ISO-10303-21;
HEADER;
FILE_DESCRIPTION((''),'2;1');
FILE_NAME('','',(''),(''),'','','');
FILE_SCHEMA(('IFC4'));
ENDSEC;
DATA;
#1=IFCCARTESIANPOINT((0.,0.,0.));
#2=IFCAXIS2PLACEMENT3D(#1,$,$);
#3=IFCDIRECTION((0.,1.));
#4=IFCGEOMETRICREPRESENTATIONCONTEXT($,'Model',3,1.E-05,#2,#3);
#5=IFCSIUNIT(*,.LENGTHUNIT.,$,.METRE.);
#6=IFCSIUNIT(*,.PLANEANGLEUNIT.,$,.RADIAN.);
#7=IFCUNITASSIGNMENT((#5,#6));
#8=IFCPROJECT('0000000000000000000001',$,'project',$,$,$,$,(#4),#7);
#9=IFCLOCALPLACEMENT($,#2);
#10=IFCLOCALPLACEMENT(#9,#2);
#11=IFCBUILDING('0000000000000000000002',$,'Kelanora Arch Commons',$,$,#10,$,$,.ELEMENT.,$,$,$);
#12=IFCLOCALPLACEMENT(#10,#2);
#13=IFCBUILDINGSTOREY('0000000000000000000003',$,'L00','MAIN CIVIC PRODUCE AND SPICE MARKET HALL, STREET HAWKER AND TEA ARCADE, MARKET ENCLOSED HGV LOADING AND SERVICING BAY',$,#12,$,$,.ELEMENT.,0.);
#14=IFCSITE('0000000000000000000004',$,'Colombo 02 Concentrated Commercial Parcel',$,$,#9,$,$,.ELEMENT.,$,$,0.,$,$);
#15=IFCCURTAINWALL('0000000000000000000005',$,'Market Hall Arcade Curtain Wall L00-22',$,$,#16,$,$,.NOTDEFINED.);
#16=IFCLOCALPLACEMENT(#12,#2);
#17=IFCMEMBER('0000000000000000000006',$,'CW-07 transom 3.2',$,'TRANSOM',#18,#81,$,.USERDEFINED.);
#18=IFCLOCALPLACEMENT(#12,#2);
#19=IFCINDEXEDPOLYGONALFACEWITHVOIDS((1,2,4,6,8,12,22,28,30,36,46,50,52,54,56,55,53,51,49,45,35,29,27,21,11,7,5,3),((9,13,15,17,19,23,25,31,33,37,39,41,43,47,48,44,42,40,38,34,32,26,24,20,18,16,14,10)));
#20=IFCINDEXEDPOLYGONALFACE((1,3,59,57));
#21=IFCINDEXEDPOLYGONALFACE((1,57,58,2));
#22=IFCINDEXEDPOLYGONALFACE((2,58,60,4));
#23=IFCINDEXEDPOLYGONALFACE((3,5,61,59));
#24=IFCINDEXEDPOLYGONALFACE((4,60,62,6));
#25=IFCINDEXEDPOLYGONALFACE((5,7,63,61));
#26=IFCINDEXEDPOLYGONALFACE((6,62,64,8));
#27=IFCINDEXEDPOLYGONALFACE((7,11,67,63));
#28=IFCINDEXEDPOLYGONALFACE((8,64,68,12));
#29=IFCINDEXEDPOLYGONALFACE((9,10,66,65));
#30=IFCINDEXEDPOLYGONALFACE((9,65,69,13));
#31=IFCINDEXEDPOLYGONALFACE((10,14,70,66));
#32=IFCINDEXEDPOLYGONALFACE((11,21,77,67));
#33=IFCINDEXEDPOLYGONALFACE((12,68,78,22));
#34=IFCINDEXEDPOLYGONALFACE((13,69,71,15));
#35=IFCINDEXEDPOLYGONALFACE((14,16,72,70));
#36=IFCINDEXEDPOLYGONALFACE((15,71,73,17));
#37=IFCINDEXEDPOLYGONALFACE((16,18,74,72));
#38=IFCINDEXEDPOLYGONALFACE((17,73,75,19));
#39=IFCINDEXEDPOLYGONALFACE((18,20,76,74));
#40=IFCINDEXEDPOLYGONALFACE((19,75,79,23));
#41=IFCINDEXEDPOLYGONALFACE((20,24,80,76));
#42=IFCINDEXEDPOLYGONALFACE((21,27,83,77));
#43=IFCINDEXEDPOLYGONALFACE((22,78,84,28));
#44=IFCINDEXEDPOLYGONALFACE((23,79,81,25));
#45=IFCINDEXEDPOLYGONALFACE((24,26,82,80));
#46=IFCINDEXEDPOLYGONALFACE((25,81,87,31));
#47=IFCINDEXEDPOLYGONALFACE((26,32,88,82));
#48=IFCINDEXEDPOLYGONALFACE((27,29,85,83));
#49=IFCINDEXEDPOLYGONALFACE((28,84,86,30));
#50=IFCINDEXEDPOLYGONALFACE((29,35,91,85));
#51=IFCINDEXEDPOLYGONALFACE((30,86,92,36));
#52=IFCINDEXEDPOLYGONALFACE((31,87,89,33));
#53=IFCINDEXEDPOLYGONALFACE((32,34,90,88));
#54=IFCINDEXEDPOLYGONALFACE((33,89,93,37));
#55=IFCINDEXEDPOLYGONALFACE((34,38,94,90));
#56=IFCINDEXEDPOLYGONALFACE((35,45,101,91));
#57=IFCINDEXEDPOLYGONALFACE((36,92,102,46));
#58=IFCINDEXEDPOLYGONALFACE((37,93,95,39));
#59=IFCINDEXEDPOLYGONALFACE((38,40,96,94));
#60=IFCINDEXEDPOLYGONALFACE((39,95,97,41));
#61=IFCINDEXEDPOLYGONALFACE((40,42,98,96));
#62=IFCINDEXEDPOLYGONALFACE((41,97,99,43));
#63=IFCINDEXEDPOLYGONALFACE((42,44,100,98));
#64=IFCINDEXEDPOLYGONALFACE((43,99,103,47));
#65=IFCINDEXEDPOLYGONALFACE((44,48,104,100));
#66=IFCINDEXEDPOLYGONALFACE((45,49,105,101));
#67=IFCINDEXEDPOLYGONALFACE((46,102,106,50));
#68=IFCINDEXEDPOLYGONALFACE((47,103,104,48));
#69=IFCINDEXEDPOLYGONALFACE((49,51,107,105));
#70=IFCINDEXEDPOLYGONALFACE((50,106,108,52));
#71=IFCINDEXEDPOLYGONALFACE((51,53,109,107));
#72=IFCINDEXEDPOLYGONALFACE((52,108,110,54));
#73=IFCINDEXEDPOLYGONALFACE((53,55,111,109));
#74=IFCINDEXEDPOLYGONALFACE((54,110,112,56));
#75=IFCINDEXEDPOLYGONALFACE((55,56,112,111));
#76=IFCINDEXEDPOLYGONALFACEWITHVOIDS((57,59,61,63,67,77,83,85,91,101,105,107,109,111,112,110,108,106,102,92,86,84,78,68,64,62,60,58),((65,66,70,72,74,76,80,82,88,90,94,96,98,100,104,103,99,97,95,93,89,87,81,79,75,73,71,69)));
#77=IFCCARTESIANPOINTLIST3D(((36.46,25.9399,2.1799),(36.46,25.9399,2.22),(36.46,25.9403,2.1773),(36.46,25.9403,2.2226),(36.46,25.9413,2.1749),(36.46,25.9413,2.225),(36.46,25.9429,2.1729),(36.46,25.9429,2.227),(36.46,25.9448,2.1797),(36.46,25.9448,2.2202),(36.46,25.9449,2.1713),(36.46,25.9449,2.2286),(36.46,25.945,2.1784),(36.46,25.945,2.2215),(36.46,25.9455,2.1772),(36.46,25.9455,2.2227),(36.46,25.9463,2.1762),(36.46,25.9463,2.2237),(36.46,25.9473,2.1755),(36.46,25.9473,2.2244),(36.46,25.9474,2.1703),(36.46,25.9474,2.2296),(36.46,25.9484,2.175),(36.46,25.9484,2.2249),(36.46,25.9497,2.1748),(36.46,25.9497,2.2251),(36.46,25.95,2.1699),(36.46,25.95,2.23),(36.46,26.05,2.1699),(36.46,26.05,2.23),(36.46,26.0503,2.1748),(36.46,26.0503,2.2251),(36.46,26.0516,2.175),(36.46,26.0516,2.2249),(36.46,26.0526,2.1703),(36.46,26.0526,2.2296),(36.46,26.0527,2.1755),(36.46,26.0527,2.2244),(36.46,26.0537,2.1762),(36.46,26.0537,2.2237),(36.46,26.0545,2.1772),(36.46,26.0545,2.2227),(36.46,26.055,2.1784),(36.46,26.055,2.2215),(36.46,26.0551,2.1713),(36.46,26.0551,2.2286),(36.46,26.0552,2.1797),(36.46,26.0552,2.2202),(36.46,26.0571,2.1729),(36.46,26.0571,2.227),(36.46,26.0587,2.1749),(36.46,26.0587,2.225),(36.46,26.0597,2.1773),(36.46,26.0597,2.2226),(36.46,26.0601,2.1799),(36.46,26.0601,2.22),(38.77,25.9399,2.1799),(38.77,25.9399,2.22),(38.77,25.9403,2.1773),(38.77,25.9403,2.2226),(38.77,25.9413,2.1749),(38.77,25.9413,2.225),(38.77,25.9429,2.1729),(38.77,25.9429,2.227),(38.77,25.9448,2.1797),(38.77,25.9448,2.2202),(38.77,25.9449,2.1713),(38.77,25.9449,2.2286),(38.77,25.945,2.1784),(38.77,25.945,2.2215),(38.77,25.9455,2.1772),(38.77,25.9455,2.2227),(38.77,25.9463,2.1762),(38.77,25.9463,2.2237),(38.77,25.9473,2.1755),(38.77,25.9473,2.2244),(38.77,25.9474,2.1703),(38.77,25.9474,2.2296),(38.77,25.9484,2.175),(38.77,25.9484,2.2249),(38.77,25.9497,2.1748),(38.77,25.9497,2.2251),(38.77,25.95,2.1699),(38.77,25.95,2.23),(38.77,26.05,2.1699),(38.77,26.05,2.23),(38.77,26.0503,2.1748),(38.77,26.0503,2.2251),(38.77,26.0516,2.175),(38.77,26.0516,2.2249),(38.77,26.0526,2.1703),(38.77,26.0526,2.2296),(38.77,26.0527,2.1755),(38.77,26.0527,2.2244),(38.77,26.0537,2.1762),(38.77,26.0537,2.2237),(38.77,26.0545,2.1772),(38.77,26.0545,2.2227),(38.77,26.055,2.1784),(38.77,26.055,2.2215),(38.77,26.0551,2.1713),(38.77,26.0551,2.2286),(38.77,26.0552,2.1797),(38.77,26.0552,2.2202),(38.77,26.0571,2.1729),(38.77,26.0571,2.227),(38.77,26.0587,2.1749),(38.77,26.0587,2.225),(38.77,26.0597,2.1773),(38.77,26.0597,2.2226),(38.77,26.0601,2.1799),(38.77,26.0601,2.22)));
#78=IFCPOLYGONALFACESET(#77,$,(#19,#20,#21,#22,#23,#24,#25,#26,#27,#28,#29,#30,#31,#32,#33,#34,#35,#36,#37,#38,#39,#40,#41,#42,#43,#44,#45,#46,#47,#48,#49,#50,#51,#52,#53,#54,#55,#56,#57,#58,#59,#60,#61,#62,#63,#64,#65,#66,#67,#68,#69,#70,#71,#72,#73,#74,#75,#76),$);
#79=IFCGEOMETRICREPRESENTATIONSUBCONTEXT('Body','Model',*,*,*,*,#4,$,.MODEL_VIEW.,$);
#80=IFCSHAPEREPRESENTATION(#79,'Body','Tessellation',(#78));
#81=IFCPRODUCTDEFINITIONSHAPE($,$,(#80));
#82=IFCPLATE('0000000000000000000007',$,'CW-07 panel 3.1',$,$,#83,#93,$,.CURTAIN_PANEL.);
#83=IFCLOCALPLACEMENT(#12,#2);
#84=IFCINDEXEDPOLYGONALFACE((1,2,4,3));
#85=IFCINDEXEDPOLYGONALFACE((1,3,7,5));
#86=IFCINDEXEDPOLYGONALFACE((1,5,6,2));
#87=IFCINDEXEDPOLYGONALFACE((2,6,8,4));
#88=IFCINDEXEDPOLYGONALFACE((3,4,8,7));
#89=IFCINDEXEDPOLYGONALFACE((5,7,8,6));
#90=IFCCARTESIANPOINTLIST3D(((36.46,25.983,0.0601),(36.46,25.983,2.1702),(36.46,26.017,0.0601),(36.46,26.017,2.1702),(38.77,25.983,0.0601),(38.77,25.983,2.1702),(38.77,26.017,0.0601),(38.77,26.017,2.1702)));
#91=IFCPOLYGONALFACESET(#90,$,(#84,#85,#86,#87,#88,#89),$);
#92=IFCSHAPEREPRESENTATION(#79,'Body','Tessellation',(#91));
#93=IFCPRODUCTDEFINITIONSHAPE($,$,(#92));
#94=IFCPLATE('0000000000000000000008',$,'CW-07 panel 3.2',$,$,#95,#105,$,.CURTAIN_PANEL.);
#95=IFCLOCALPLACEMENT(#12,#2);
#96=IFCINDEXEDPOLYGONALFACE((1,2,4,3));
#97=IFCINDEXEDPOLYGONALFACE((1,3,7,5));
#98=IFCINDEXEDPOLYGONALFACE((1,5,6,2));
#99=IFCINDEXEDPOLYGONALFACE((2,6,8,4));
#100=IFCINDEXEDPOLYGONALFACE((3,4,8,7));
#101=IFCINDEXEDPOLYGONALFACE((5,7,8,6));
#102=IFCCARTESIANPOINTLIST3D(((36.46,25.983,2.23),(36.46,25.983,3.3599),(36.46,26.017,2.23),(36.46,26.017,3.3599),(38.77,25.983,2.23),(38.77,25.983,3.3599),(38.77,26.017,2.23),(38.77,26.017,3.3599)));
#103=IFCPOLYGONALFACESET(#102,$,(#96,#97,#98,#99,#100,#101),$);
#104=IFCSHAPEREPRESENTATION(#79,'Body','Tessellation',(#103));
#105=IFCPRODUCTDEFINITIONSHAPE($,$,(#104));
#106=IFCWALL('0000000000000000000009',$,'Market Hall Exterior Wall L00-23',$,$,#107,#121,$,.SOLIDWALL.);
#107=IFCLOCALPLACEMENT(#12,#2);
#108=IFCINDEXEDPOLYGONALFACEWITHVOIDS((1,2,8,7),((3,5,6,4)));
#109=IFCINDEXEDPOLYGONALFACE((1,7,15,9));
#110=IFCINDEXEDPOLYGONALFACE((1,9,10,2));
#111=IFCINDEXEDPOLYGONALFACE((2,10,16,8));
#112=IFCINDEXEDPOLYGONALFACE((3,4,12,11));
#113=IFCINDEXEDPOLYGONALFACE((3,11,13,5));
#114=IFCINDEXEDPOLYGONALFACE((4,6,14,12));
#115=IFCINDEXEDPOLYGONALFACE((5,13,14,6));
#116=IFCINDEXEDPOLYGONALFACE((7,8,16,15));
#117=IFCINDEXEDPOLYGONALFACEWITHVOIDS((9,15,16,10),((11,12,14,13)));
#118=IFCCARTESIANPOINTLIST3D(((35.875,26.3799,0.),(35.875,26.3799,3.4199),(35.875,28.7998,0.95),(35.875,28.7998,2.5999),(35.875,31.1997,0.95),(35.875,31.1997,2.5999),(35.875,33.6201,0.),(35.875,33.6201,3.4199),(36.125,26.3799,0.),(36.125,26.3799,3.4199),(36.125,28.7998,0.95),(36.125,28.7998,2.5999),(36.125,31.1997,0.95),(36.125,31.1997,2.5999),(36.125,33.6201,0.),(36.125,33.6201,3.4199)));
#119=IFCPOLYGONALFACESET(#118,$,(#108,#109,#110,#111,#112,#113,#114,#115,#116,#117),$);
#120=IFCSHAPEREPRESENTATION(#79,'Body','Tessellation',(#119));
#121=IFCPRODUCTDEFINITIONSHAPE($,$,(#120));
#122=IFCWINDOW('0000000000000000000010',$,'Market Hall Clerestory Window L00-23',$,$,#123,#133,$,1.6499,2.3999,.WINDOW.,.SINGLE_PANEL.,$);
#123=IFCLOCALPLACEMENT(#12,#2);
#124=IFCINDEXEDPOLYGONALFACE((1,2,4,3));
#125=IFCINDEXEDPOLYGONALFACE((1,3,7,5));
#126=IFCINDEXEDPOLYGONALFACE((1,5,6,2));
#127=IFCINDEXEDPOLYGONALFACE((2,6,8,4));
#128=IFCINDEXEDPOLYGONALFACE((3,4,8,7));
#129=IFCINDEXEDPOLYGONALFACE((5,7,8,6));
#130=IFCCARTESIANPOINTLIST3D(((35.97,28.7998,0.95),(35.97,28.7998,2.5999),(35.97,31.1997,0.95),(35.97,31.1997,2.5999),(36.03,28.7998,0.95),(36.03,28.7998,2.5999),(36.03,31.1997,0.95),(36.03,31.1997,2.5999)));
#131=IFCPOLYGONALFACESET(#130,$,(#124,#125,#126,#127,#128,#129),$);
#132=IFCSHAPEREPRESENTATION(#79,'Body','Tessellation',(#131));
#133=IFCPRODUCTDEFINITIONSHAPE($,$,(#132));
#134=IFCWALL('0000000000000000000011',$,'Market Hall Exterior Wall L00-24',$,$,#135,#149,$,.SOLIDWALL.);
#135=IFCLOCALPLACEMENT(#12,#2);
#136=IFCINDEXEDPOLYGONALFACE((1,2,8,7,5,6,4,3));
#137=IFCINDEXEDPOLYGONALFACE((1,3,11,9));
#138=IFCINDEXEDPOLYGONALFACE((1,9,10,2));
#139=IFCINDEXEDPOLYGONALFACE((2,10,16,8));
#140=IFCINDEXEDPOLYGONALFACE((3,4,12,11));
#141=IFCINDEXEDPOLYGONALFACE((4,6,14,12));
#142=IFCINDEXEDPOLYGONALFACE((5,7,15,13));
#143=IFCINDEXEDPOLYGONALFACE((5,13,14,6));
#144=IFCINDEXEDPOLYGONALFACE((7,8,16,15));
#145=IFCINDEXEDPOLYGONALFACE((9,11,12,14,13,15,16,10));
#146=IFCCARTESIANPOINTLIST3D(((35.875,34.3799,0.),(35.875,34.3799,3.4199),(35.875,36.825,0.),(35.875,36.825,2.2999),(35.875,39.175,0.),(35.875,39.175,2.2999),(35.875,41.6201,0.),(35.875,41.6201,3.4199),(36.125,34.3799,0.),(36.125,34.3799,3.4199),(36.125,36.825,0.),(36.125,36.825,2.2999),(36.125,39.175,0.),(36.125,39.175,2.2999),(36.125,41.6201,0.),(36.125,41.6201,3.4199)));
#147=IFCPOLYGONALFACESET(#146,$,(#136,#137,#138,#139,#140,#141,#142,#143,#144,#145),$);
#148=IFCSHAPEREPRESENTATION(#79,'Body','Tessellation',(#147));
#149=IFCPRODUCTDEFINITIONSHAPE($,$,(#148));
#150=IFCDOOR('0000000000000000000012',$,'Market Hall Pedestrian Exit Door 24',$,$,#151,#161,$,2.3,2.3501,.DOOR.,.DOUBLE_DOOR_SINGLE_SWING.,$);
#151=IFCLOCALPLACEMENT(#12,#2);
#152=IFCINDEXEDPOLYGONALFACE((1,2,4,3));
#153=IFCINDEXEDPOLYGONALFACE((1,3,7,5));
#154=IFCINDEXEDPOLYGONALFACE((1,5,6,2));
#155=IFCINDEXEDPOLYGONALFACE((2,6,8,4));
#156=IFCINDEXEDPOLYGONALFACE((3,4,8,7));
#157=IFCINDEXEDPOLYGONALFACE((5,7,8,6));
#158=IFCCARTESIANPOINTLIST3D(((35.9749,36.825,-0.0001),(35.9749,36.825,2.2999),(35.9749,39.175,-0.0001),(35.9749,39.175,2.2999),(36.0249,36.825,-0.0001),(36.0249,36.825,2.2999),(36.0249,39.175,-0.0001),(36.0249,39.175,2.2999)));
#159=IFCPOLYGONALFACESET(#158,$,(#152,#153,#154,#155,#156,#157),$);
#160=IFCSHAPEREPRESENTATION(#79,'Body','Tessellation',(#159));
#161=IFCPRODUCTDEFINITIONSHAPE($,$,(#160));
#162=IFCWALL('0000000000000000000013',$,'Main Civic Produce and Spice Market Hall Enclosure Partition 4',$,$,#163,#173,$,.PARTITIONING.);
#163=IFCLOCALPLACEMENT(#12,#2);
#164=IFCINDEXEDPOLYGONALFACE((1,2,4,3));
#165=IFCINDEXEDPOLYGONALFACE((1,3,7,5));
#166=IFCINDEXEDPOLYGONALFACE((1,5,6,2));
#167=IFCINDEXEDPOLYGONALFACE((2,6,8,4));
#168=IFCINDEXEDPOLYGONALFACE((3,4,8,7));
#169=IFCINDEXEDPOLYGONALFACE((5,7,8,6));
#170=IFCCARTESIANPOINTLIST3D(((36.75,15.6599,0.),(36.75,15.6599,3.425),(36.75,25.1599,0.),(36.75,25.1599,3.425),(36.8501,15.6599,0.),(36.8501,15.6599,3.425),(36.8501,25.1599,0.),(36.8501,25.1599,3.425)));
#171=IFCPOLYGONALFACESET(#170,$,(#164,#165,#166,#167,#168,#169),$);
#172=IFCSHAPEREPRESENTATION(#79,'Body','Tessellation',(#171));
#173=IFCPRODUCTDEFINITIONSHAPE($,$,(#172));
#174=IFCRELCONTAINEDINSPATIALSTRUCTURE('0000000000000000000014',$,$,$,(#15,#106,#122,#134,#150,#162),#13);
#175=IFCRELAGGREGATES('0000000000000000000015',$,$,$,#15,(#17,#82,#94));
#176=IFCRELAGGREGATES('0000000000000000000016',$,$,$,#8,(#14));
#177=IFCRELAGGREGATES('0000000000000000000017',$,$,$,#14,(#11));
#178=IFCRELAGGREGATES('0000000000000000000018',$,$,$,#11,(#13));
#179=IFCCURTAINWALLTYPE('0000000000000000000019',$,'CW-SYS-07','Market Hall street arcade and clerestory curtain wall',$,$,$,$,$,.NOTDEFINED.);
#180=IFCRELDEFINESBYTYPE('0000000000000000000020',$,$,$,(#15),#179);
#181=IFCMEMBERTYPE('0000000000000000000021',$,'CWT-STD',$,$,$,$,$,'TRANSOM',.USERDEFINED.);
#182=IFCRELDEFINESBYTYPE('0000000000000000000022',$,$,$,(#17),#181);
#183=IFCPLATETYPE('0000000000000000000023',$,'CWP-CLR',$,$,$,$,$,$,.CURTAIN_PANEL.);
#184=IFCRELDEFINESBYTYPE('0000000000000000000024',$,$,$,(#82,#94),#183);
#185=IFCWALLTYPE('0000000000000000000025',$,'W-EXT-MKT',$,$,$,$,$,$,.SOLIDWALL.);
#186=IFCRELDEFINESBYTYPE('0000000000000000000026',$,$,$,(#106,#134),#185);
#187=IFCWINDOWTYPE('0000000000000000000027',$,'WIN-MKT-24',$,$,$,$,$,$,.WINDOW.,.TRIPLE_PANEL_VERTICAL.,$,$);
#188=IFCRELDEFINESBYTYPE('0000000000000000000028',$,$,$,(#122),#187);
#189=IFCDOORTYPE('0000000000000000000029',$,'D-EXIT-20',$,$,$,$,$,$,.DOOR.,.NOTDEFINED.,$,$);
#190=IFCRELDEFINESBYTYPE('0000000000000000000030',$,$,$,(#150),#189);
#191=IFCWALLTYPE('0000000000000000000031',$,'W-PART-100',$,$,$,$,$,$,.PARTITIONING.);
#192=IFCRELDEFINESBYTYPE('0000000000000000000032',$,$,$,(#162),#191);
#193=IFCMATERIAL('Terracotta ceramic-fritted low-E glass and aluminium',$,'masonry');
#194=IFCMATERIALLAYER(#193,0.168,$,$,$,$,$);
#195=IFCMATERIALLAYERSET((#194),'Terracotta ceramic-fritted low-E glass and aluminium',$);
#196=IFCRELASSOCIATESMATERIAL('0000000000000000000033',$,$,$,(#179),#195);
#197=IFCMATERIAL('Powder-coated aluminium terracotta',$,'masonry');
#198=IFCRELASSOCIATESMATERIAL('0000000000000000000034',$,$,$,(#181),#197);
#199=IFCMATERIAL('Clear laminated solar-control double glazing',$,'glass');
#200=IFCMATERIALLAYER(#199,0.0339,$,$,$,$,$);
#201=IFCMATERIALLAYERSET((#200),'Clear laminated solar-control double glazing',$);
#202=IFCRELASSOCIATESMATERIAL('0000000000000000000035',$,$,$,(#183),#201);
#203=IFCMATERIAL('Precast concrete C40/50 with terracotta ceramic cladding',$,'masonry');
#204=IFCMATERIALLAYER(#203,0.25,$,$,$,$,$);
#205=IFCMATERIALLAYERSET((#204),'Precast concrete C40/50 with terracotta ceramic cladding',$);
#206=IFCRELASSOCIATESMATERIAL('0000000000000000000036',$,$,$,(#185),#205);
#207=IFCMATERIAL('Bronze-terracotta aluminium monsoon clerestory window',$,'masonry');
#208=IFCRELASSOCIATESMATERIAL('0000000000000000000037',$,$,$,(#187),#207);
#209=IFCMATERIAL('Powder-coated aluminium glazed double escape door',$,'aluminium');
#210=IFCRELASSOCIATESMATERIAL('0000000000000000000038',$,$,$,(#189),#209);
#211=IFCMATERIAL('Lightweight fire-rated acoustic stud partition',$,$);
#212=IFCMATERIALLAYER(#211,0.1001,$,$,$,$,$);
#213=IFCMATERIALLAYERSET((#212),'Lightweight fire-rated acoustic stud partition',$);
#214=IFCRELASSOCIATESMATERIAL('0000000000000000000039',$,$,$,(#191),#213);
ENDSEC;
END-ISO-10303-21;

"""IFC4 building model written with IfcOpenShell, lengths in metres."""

from ifc_helpers import new_model, si_unit, direction, frame, frame_2d, origin, origin_2d, place, context, subcontext, project, spatial, rectangle, hollow_rectangle, extrude, source, transform, mapped, material, layer, layer_set, material_profile, profile_set, type_object, element, fill, aggregate, save


model = new_model("IFC4")

# Units and contexts
model_context = context("Model", 3, precision=1e-05, world=origin(), true_north=direction((0.0, 1.0)))
body_context = subcontext(model_context, "Body", "Model", "MODEL_VIEW")
ifc_project = project(units=[si_unit("LENGTHUNIT", "METRE"), si_unit("PLANEANGLEUNIT", "RADIAN")], contexts=[model_context])

# Site, building, storey
site_placement = place(None, origin())
site = spatial("IfcSite", under=ifc_project, at=site_placement, Name="Colombo 02 Concentrated Commercial Parcel", CompositionType="ELEMENT", RefElevation=0.0)
building_placement = place(site_placement, origin())
building = spatial("IfcBuilding", under=site, at=building_placement, Name="Kelanora Arch Commons", CompositionType="ELEMENT")
storey_placement = place(building_placement, origin())
storey = spatial("IfcBuildingStorey", under=building, at=storey_placement, Name="L00", Description="MAIN CIVIC PRODUCE AND SPICE MARKET HALL, STREET HAWKER AND TEA ARCADE, MARKET ENCLOSED HGV LOADING AND SERVICING BAY", CompositionType="ELEMENT", Elevation=0.0)

# Curtain wall, member, plates
ifc_material_1 = material(Name="Terracotta ceramic-fritted low-E glass and aluminium", Category="masonry")
ifc_layer_1 = layer(ifc_material_1, 0.168)
ifc_layer_set_1 = layer_set([ifc_layer_1], Name="Terracotta ceramic-fritted low-E glass and aluminium")
curtain_wall_type = type_object("IfcCurtainWallType", Name="CW-SYS-07", Description="Market Hall street arcade and clerestory curtain wall", PredefinedType="NOTDEFINED", material=ifc_layer_set_1)
curtain_wall_placement = place(storey_placement, origin())
curtain_wall = element("IfcCurtainWall", 1, at=curtain_wall_placement, inside=storey, type_object=curtain_wall_type, Name="Market Hall Arcade Curtain Wall L00-22", PredefinedType="NOTDEFINED")
ifc_material_2 = material(Name="Powder-coated aluminium terracotta", Category="masonry")
ifc_material_profile_1 = material_profile(ifc_material_2, hollow_rectangle(XDim=0.1201, YDim=0.0601, WallThickness=0.0049, InnerFilletRadius=0.0049, OuterFilletRadius=0.01, at=origin_2d()), Name="CWT120x60")
ifc_profile_set_1 = profile_set([ifc_material_profile_1], Name="Powder-coated aluminium terracotta")
member_type_1 = type_object("IfcMemberType", Name="CWT-STD", ElementType="TRANSOM", PredefinedType="USERDEFINED", material=ifc_profile_set_1)
member_1_placement = place(storey_placement, frame((38.77, 26.0, 2.2), z_axis=(-1.0, 0.0, 0.0), x_axis=(0.0, -1.0, 0.0)))
member_1 = element("IfcMember", 2, at=member_1_placement, type_object=member_type_1, Name="CW-07 transom 3.2", ObjectType="TRANSOM", PredefinedType="USERDEFINED", context=body_context, shape_type="SweptSolid", body=[
    extrude(hollow_rectangle(XDim=0.1201, YDim=0.0601, WallThickness=0.0049, InnerFilletRadius=0.0049, OuterFilletRadius=0.01, at=origin_2d()), origin(), (0.0, 0.0, 1.0), 2.3101),
])
ifc_material_3 = material(Name="Clear laminated solar-control double glazing", Category="glass")
ifc_layer_2 = layer(ifc_material_3, 0.0339)
ifc_layer_set_2 = layer_set([ifc_layer_2], Name="Clear laminated solar-control double glazing")
plate_type = type_object("IfcPlateType", Name="CWP-CLR", PredefinedType="CURTAIN_PANEL", material=ifc_layer_set_2)
shared_shape_1 = source(origin(), body_context, "Body", "SweptSolid", [
    extrude(rectangle(XDim=2.3101, YDim=0.0339, at=origin_2d()), origin(), (0.0, 0.0, 1.0), 2.1101),
])
plate_1_placement = place(storey_placement, frame((37.615, 26.0, 0.0601), z_axis=(0.0, 0.0, 1.0), x_axis=(-1.0, 0.0, 0.0)))
plate_1 = element("IfcPlate", 3, at=plate_1_placement, type_object=plate_type, Name="CW-07 panel 3.1", PredefinedType="CURTAIN_PANEL", context=body_context, shape_type="MappedRepresentation", body=[
    mapped(shared_shape_1, transform((0.0, 0.0, 0.0), scale=1.0)),
])
shared_shape_2 = source(origin(), body_context, "Body", "SweptSolid", [
    extrude(rectangle(XDim=2.3101, YDim=0.0339, at=origin_2d()), origin(), (0.0, 0.0, 1.0), 1.1299),
])
plate_2_placement = place(storey_placement, frame((37.615, 26.0, 2.23), z_axis=(0.0, 0.0, 1.0), x_axis=(-1.0, 0.0, 0.0)))
plate_2 = element("IfcPlate", 4, at=plate_2_placement, type_object=plate_type, Name="CW-07 panel 3.2", PredefinedType="CURTAIN_PANEL", context=body_context, shape_type="MappedRepresentation", body=[
    mapped(shared_shape_2, transform((0.0, 0.0, 0.0), scale=1.0)),
])
aggregate(curtain_wall, [member_1, plate_1, plate_2])

# Wall, opening, window
ifc_material_4 = material(Name="Precast concrete C40/50 with terracotta ceramic cladding", Category="masonry")
ifc_layer_3 = layer(ifc_material_4, 0.25)
ifc_layer_set_3 = layer_set([ifc_layer_3], Name="Precast concrete C40/50 with terracotta ceramic cladding")
wall_type_1 = type_object("IfcWallType", Name="W-EXT-MKT", PredefinedType="SOLIDWALL", material=ifc_layer_set_3)
wall_1_placement = place(storey_placement, frame((36.0, 26.3799, 0.0), z_axis=(0.0, 0.0, 1.0), x_axis=(0.0, 1.0, 0.0)))
wall_1 = element("IfcWall", 5, at=wall_1_placement, inside=storey, type_object=wall_type_1, Name="Market Hall Exterior Wall L00-23", PredefinedType="SOLIDWALL", context=body_context, shape_type="SweptSolid", body=[
    extrude(rectangle(XDim=7.2402, YDim=0.25, at=frame_2d((3.6201, 0.0))), origin(), (0.0, 0.0, 1.0), 3.4199),
])
opening_1_placement = place(wall_1_placement, frame((2.4199, 0.0, 0.95)))
opening_1 = element("IfcOpeningElement", 6, at=opening_1_placement, cuts=wall_1, PredefinedType="OPENING", context=body_context, shape_type="SweptSolid", body=[
    extrude(rectangle(XDim=2.3999, YDim=1.6499, at=frame_2d((1.2, 0.825))), frame((0.0, 0.135, 0.0), z_axis=(0.0, -1.0, 0.0), x_axis=(1.0, 0.0, 0.0)), (0.0, 0.0, 1.0), 0.27),
])
ifc_material_5 = material(Name="Bronze-terracotta aluminium monsoon clerestory window", Category="masonry")
window_type = type_object("IfcWindowType", Name="WIN-MKT-24", PartitioningType="TRIPLE_PANEL_VERTICAL", PredefinedType="WINDOW", material=ifc_material_5)
window_placement = place(opening_1_placement, origin())
window = element("IfcWindow", 7, at=window_placement, inside=storey, type_object=window_type, Name="Market Hall Clerestory Window L00-23", OverallHeight=1.6499, OverallWidth=2.3999, PartitioningType="SINGLE_PANEL", PredefinedType="WINDOW", context=body_context, shape_type="SweptSolid", body=[
    extrude(rectangle(XDim=2.3999, YDim=1.6499, at=frame_2d((1.2, 0.825))), frame((0.0, 0.03, 0.0), z_axis=(0.0, -1.0, 0.0), x_axis=(1.0, 0.0, 0.0)), (0.0, 0.0, 1.0), 0.0601),
])
fill(opening_1, window)

# Wall, opening, door
wall_2_placement = place(storey_placement, frame((36.0, 34.3799, 0.0), z_axis=(0.0, 0.0, 1.0), x_axis=(0.0, 1.0, 0.0)))
wall_2 = element("IfcWall", 8, at=wall_2_placement, inside=storey, type_object=wall_type_1, Name="Market Hall Exterior Wall L00-24", PredefinedType="SOLIDWALL", context=body_context, shape_type="SweptSolid", body=[
    extrude(rectangle(XDim=7.2402, YDim=0.25, at=frame_2d((3.6201, 0.0))), origin(), (0.0, 0.0, 1.0), 3.4199),
])
opening_2_placement = place(wall_2_placement, frame((2.4451, 0.0, 0.0)))
opening_2 = element("IfcOpeningElement", 9, at=opening_2_placement, cuts=wall_2, PredefinedType="OPENING", context=body_context, shape_type="SweptSolid", body=[
    extrude(rectangle(XDim=2.3501, YDim=2.3, at=frame_2d((1.175, 1.1499))), frame((0.0, 0.135, 0.0), z_axis=(0.0, -1.0, 0.0), x_axis=(1.0, 0.0, 0.0)), (0.0, 0.0, 1.0), 0.27),
])
ifc_material_6 = material(Name="Powder-coated aluminium glazed double escape door", Category="aluminium")
door_type = type_object("IfcDoorType", Name="D-EXIT-20", OperationType="NOTDEFINED", PredefinedType="DOOR", material=ifc_material_6)
door_placement = place(opening_2_placement, frame((2.3501, 0.0, 0.0), z_axis=(0.0, 0.0, 1.0), x_axis=(-1.0, 0.0, 0.0)))
door = element("IfcDoor", 10, at=door_placement, inside=storey, type_object=door_type, Name="Market Hall Pedestrian Exit Door 24", OperationType="DOUBLE_DOOR_SINGLE_SWING", OverallHeight=2.3, OverallWidth=2.3501, PredefinedType="DOOR", context=body_context, shape_type="SweptSolid", body=[
    extrude(rectangle(XDim=2.3501, YDim=2.3, at=frame_2d((1.175, 1.1499))), frame((0.0, 0.0249, 0.0), z_axis=(0.0, -1.0, 0.0), x_axis=(1.0, 0.0, 0.0)), (0.0, 0.0, 1.0), 0.05),
])
fill(opening_2, door)

# Wall
ifc_material_7 = material(Name="Lightweight fire-rated acoustic stud partition")
ifc_layer_4 = layer(ifc_material_7, 0.1001)
ifc_layer_set_4 = layer_set([ifc_layer_4], Name="Lightweight fire-rated acoustic stud partition")
wall_type_2 = type_object("IfcWallType", Name="W-PART-100", PredefinedType="PARTITIONING", material=ifc_layer_set_4)
wall_3_placement = place(storey_placement, frame((36.8, 25.1599, 0.0), z_axis=(0.0, 0.0, 1.0), x_axis=(0.0, -1.0, 0.0)))
element("IfcWall", 11, at=wall_3_placement, inside=storey, type_object=wall_type_2, Name="Main Civic Produce and Spice Market Hall Enclosure Partition 4", PredefinedType="PARTITIONING", context=body_context, shape_type="SweptSolid", body=[
    extrude(rectangle(XDim=9.5, YDim=0.1001, at=frame_2d((4.75, 0.0))), origin(), (0.0, 0.0, 1.0), 3.425),
])

save(model, "model.ifc")
